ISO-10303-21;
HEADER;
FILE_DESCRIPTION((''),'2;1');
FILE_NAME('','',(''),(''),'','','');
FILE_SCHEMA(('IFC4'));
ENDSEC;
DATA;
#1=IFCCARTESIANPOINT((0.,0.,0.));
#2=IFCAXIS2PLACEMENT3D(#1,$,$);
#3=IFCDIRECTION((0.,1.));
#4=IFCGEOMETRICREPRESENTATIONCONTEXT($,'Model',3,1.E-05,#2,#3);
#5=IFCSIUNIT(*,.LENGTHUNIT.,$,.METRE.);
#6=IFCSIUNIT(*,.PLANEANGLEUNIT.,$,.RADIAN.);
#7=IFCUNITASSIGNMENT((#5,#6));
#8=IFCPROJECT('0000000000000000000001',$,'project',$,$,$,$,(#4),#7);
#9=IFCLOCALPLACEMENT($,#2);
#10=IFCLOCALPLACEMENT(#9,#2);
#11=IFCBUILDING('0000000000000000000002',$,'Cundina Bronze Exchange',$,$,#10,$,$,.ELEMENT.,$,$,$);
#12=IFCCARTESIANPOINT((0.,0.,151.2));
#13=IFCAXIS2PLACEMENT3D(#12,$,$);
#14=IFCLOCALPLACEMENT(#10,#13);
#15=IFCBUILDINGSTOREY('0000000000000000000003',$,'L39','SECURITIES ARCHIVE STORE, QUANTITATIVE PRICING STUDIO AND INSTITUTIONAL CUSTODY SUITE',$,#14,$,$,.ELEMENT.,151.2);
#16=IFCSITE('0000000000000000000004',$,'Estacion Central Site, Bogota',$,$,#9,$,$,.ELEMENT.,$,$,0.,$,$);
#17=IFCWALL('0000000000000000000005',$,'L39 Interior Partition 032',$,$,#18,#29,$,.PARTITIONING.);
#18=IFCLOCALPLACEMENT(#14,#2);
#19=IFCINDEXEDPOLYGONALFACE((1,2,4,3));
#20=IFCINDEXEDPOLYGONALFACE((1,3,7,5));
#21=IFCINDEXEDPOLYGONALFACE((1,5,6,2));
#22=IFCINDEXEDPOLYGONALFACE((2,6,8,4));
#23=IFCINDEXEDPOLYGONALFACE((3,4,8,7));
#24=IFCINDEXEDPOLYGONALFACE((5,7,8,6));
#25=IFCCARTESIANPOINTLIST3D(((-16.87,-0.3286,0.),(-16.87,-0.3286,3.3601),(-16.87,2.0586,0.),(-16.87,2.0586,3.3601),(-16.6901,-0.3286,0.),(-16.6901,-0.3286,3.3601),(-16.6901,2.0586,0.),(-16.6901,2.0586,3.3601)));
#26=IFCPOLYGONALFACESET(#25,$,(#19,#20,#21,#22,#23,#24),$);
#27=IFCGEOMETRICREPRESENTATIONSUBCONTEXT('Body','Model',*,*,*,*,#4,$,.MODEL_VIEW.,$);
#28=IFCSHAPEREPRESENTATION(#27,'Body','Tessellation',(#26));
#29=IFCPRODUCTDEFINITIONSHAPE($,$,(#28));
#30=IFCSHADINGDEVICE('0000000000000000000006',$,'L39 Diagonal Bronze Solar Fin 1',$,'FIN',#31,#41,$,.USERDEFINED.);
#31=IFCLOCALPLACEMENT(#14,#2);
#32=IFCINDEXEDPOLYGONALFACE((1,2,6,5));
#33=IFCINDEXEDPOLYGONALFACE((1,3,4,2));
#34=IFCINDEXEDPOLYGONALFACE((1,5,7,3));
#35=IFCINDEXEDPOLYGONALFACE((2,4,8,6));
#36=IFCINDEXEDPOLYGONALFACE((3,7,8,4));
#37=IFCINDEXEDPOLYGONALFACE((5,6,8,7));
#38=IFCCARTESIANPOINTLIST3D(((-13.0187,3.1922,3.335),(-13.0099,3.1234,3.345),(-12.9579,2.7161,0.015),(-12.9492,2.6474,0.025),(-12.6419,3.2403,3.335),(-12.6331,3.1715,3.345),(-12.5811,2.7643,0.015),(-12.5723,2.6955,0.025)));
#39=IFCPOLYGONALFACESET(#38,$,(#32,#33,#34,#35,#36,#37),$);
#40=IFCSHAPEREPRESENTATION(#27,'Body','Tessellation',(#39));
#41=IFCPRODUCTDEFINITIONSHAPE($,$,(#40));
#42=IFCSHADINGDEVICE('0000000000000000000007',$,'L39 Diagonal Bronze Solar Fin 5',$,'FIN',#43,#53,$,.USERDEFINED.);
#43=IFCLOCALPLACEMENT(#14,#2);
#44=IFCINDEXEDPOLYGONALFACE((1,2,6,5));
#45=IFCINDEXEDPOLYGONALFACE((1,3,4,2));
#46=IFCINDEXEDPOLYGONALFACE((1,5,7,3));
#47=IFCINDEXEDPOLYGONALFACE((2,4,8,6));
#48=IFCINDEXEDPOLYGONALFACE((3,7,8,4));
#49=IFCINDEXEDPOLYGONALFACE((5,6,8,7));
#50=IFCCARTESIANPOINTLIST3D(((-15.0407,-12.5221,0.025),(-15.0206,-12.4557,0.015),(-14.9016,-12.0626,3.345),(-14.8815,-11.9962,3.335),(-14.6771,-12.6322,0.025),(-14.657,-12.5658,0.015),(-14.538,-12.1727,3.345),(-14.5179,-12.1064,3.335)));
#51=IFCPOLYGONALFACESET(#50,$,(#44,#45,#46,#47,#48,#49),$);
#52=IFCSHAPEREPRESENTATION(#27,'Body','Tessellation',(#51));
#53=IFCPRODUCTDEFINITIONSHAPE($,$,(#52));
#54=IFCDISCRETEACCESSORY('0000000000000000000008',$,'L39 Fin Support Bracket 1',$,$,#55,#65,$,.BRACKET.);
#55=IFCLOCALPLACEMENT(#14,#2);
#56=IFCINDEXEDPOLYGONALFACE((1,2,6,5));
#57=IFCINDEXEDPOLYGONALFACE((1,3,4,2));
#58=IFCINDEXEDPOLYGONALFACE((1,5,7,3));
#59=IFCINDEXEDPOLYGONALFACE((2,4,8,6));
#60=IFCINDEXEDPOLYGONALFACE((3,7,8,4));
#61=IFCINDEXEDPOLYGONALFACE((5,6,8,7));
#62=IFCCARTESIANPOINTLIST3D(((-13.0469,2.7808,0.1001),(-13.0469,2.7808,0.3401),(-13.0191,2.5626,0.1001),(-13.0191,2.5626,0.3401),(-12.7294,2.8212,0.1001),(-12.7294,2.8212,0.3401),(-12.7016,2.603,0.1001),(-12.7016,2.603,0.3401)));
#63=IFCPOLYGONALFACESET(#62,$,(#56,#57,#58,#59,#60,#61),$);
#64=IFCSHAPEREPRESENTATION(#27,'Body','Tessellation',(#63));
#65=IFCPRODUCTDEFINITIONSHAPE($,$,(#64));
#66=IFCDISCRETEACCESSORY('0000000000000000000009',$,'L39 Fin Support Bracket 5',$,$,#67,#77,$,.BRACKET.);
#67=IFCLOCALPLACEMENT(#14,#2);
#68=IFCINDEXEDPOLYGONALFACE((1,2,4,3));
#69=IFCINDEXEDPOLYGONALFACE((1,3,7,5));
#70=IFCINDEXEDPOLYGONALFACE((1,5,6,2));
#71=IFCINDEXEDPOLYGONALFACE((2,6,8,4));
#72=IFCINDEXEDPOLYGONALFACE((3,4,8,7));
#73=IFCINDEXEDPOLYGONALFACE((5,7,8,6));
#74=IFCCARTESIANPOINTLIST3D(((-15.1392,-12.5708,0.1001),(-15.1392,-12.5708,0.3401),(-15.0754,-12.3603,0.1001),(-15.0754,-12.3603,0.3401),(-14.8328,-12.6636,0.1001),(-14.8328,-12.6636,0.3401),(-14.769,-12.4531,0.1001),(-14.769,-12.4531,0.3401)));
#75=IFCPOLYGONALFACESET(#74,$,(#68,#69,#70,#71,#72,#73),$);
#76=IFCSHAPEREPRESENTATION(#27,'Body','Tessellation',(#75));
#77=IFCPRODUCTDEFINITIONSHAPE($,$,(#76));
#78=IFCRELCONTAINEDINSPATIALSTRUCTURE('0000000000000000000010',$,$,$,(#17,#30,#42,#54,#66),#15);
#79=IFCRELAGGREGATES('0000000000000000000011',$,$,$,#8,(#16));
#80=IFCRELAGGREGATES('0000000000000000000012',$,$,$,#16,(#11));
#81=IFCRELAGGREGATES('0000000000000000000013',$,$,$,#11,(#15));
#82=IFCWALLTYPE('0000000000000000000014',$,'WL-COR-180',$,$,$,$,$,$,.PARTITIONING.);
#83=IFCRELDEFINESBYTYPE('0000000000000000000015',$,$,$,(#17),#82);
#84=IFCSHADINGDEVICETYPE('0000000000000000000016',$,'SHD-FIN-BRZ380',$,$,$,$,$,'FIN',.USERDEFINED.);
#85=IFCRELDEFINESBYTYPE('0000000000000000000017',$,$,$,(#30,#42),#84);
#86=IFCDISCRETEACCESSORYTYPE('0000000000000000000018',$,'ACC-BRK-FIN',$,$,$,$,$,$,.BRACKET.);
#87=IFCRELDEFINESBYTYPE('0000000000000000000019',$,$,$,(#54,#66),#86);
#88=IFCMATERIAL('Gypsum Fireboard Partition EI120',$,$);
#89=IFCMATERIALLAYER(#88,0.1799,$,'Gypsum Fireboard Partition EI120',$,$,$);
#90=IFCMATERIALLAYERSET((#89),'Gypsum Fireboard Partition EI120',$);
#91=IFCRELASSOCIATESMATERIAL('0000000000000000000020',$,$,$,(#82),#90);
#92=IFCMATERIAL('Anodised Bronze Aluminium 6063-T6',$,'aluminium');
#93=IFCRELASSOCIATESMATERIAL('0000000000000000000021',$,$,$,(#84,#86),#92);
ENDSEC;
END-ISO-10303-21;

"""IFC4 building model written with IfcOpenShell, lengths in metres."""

from ifc_helpers import new_model, si_unit, direction, frame, frame_2d, origin, origin_2d, place, context, subcontext, project, spatial, rectangle, extrude, material, layer, layer_set, material_profile, profile_set, type_object, element, save


model = new_model("IFC4")

# Units and contexts
model_context = context("Model", 3, precision=1e-05, world=origin(), true_north=direction((0.0, 1.0)))
body_context = subcontext(model_context, "Body", "Model", "MODEL_VIEW")
ifc_project = project(units=[si_unit("LENGTHUNIT", "METRE"), si_unit("PLANEANGLEUNIT", "RADIAN")], contexts=[model_context])

# Site, building, storey
site_placement = place(None, origin())
site = spatial("IfcSite", under=ifc_project, at=site_placement, Name="Estacion Central Site, Bogota", CompositionType="ELEMENT", RefElevation=0.0)
building_placement = place(site_placement, origin())
building = spatial("IfcBuilding", under=site, at=building_placement, Name="Cundina Bronze Exchange", CompositionType="ELEMENT")
storey_placement = place(building_placement, frame((0.0, 0.0, 151.2)))
storey = spatial("IfcBuildingStorey", under=building, at=storey_placement, Name="L39", Description="SECURITIES ARCHIVE STORE, QUANTITATIVE PRICING STUDIO AND INSTITUTIONAL CUSTODY SUITE", CompositionType="ELEMENT", Elevation=151.2)

# Shared definitions
ifc_material_1 = material(Name="Anodised Bronze Aluminium 6063-T6", Category="aluminium")

# Wall
ifc_material_2 = material(Name="Gypsum Fireboard Partition EI120")
ifc_layer_1 = layer(ifc_material_2, 0.1799, Name="Gypsum Fireboard Partition EI120")
ifc_layer_set_1 = layer_set([ifc_layer_1], Name="Gypsum Fireboard Partition EI120")
wall_type = type_object("IfcWallType", Name="WL-COR-180", PredefinedType="PARTITIONING", material=ifc_layer_set_1)
wall_1_placement = place(storey_placement, frame((-16.78, -0.3286, 0.0), z_axis=(0.0, 0.0, 1.0), x_axis=(0.0, 1.0, 0.0)))
element("IfcWall", 1, at=wall_1_placement, inside=storey, type_object=wall_type, Name="L39 Interior Partition 032", PredefinedType="PARTITIONING", context=body_context, shape_type="SweptSolid", body=[
    extrude(rectangle(XDim=2.3872, YDim=0.1799, at=frame_2d((1.1936, 0.0))), origin(), (0.0, 0.0, 1.0), 3.3601),
])

# Shading devices
ifc_material_profile_1 = material_profile(ifc_material_1, rectangle(XDim=0.0701, YDim=0.3799, at=origin_2d()), Name="FIN70X380", Category="aluminium")
ifc_profile_set_1 = profile_set([ifc_material_profile_1], Name="Anodised Bronze Aluminium 6063-T6")
shading_device_type = type_object("IfcShadingDeviceType", Name="SHD-FIN-BRZ380", ElementType="FIN", PredefinedType="USERDEFINED", material=ifc_profile_set_1)
for number, where, z_axis, x_axis, name in (
    (2, (-12.7651, 2.7058, 0.02), (-0.018122, 0.141918, 0.989713), (0.125361, -0.981741, 0.14307), "L39 Diagonal Bronze Solar Fin 1"),
    (3, (-14.8489, -12.5439, 0.02), (0.041483, 0.136968, 0.989706), (-0.286883, -0.947216, 0.143112), "L39 Diagonal Bronze Solar Fin 5"),
):
    element("IfcShadingDevice", number, at=place(storey_placement, frame(where, z_axis=z_axis, x_axis=x_axis)), inside=storey, type_object=shading_device_type, Name=name, ObjectType="FIN", PredefinedType="USERDEFINED", context=body_context, shape_type="SweptSolid", body=[
        extrude(rectangle(XDim=0.0701, YDim=0.3799, at=origin_2d()), origin(), (0.0, 0.0, 1.0), 3.3545),
    ])

# Discrete accessories
discrete_accessory_type = type_object("IfcDiscreteAccessoryType", Name="ACC-BRK-FIN", PredefinedType="BRACKET", material=ifc_material_1)
for number, where, z_axis, x_axis, name in (
    (4, (-12.8743, 2.6919, 0.1001), (0.0, 0.0, 1.0), (-0.126476, 0.99197, 0.0), "L39 Fin Support Bracket 1"),
    (5, (-14.9541, -12.512, 0.1001), (0.0, 0.0, 1.0), (0.290051, 0.957011, 0.0), "L39 Fin Support Bracket 5"),
):
    element("IfcDiscreteAccessory", number, at=place(storey_placement, frame(where, z_axis=z_axis, x_axis=x_axis)), inside=storey, type_object=discrete_accessory_type, Name=name, PredefinedType="BRACKET", context=body_context, shape_type="SweptSolid", body=[
        extrude(rectangle(XDim=0.22, YDim=0.3201, at=origin_2d()), origin(), (0.0, 0.0, 1.0), 0.24),
    ])

save(model, "model.ifc")
